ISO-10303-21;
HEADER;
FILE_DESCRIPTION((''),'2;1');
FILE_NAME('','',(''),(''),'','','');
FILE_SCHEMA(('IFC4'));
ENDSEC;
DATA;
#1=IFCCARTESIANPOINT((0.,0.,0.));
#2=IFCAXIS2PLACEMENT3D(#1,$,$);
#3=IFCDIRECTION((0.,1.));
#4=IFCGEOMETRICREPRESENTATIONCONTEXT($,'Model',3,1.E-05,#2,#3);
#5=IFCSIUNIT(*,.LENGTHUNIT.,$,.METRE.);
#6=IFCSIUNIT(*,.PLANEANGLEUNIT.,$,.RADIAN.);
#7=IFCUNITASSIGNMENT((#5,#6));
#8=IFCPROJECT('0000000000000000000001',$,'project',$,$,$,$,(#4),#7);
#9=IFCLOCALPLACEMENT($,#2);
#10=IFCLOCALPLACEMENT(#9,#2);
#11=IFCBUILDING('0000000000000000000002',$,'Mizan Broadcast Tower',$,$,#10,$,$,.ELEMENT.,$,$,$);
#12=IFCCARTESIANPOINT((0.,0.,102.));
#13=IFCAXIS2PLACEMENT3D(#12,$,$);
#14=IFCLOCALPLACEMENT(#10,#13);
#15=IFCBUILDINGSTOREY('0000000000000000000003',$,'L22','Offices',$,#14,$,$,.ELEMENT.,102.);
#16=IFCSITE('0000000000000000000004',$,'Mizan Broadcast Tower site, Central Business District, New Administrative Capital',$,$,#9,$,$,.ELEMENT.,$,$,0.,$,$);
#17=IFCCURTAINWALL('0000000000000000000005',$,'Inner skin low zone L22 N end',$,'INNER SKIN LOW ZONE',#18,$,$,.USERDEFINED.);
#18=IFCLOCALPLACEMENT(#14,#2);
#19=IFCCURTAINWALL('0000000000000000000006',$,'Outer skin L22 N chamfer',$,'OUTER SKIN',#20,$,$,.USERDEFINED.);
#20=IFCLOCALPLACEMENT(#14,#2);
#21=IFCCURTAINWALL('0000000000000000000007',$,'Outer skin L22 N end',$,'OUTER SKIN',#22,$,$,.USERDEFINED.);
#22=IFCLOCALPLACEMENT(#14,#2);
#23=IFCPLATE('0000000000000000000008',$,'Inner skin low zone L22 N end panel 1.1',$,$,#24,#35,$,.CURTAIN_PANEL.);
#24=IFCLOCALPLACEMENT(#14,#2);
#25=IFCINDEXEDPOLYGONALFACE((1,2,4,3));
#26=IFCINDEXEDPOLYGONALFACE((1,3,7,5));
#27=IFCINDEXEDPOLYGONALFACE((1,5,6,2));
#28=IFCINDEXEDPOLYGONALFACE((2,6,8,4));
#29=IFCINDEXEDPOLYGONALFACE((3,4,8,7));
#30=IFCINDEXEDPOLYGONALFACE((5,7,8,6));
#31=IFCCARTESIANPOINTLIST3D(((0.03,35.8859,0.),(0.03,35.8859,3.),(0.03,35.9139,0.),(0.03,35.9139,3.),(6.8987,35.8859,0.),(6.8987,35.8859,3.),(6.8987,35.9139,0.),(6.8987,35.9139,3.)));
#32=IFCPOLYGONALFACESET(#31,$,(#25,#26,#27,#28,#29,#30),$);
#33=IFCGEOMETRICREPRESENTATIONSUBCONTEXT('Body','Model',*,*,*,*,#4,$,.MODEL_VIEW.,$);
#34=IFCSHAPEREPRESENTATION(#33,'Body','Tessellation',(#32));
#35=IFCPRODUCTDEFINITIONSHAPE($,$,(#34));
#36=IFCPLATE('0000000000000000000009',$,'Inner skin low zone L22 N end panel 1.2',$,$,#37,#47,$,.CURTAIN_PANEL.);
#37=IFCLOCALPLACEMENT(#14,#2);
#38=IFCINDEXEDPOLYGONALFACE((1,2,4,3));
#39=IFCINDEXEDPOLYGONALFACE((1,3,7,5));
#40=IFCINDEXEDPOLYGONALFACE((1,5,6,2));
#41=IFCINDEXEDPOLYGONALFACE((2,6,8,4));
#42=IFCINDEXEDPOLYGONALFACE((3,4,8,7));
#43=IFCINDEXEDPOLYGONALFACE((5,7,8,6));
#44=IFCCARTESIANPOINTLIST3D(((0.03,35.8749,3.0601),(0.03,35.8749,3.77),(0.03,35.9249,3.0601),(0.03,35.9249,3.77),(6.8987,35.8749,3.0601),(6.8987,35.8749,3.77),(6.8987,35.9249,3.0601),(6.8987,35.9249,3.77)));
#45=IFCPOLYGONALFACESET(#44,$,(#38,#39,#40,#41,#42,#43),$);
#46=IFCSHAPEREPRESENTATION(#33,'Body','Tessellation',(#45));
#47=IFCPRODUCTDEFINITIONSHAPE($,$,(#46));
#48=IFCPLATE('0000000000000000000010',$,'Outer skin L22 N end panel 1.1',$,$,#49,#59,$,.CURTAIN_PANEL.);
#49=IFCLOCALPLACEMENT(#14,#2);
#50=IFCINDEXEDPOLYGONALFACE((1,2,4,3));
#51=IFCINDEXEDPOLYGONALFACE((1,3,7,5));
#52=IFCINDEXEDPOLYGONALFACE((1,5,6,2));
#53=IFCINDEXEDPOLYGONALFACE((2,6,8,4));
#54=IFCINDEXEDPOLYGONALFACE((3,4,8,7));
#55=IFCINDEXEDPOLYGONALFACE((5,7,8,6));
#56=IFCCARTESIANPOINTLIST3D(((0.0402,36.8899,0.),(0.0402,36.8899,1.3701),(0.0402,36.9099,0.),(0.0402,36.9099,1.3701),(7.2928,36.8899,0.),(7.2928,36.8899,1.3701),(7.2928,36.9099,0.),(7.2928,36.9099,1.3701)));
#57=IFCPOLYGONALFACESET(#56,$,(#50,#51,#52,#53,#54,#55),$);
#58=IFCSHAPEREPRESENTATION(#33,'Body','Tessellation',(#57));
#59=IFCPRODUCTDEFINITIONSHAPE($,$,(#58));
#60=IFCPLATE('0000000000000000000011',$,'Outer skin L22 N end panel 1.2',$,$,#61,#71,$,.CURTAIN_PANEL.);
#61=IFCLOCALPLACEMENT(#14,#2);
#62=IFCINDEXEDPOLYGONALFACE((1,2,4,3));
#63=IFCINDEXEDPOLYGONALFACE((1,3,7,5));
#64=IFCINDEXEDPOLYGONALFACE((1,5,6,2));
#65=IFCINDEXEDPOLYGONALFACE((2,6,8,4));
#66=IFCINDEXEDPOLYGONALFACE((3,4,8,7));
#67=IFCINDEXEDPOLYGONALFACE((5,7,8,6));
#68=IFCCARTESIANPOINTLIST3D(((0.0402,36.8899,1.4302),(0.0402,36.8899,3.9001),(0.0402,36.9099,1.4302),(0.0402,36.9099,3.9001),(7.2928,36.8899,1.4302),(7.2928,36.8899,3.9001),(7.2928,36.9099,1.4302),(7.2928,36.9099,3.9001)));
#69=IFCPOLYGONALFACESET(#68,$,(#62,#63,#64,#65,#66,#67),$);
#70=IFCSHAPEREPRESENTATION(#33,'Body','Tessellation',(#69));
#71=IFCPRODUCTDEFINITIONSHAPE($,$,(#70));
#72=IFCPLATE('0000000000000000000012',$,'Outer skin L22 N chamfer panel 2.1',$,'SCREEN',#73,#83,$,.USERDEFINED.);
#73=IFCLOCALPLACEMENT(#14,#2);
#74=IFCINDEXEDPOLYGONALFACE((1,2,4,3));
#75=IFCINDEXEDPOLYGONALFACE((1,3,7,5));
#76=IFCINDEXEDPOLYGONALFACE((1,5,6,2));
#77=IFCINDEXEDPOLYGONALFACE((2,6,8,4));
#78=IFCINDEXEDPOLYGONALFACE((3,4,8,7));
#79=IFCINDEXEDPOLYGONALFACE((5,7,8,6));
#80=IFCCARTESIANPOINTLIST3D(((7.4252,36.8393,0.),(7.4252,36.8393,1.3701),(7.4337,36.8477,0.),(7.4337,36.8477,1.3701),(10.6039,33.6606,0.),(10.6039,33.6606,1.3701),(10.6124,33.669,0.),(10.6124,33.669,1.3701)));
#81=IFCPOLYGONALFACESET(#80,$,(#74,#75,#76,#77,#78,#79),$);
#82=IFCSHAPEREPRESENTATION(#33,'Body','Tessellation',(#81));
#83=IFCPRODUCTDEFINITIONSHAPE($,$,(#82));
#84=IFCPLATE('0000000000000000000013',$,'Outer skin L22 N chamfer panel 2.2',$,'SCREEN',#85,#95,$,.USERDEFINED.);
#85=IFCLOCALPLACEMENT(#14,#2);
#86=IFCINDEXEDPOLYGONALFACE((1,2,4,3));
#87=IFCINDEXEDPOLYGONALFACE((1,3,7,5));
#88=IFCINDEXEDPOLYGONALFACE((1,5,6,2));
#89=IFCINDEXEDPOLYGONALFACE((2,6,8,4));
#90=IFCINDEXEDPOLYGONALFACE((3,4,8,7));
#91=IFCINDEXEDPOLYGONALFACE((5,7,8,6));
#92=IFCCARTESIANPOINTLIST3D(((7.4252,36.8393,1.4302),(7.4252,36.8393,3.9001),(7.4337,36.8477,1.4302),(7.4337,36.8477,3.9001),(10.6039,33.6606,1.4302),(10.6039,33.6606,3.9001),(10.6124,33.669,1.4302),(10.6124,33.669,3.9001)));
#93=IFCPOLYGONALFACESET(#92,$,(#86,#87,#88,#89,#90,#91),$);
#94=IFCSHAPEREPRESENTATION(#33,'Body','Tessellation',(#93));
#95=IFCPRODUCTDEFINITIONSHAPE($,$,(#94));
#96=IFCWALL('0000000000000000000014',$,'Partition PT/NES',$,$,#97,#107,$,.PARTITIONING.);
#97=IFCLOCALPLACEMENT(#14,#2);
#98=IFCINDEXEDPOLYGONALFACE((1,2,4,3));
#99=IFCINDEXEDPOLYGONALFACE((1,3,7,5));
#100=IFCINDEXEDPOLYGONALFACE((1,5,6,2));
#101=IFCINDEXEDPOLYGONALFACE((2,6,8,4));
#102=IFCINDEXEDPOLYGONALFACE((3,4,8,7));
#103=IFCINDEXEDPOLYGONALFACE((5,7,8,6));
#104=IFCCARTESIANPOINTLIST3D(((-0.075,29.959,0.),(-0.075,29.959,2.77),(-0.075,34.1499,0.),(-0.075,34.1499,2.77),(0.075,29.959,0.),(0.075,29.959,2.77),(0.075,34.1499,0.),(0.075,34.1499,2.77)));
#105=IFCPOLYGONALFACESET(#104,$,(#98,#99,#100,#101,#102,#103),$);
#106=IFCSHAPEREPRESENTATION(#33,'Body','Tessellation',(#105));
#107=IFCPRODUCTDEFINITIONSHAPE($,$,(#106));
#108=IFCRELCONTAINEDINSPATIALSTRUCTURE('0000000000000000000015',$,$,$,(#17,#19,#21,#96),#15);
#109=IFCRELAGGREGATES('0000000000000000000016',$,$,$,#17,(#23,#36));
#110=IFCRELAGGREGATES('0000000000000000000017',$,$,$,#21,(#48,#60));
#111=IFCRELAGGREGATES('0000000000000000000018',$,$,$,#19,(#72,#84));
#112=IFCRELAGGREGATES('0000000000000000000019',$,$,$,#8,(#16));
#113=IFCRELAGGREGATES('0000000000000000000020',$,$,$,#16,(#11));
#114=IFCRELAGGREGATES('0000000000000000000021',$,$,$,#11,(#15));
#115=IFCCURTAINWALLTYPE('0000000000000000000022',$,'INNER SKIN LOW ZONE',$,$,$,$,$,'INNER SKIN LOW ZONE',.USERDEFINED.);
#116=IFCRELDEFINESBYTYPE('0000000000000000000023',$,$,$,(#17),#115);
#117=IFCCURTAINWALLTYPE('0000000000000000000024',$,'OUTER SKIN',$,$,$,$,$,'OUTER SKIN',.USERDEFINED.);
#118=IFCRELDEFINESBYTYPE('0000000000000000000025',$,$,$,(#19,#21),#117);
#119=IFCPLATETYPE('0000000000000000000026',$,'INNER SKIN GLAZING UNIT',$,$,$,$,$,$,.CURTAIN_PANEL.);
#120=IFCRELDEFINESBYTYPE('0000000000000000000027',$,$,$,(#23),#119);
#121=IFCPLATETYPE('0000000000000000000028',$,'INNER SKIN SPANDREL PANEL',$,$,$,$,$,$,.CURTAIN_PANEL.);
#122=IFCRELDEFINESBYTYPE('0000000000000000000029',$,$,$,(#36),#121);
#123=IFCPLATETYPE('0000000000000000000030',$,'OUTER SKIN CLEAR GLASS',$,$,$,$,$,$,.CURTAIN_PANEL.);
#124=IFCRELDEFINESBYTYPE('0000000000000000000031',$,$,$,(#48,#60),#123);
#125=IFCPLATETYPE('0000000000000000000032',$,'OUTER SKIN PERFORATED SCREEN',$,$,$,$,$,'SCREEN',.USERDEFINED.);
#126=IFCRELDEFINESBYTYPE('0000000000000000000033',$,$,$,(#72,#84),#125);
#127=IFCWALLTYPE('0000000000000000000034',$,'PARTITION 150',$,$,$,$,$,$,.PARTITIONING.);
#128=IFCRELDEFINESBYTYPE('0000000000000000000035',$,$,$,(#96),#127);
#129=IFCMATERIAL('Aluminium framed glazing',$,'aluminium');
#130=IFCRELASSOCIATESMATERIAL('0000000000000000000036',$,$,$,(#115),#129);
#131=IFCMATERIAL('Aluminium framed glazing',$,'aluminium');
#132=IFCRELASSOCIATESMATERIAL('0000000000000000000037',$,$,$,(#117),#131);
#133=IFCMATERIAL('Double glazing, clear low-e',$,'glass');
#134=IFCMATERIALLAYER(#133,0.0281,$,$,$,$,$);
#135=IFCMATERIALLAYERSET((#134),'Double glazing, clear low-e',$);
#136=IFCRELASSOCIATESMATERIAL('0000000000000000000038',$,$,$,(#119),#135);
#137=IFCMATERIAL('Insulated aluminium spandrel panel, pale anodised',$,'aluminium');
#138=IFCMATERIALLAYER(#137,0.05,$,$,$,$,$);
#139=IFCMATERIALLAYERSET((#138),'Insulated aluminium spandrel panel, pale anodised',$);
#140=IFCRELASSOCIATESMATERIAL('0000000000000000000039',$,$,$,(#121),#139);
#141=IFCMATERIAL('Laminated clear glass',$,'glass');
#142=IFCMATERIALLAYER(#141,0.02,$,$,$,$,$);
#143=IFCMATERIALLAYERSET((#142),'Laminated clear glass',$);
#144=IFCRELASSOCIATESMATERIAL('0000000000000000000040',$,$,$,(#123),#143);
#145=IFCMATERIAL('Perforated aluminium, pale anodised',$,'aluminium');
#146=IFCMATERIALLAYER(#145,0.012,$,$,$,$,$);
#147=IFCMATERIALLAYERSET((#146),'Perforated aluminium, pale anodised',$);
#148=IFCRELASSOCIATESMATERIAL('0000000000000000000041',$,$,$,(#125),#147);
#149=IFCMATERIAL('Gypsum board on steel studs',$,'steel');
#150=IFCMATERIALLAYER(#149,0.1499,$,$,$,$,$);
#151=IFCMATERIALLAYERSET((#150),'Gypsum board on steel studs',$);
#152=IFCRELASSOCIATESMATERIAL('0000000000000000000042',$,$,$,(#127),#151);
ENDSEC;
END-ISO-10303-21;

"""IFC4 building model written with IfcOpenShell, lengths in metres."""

from ifc_helpers import new_model, si_unit, direction, frame, frame_2d, origin, origin_2d, place, context, subcontext, project, spatial, rectangle, extrude, material, layer, layer_set, type_object, element, aggregate, save


model = new_model("IFC4")

# Units and contexts
model_context = context("Model", 3, precision=1e-05, world=origin(), true_north=direction((0.0, 1.0)))
body_context = subcontext(model_context, "Body", "Model", "MODEL_VIEW")
ifc_project = project(units=[si_unit("LENGTHUNIT", "METRE"), si_unit("PLANEANGLEUNIT", "RADIAN")], contexts=[model_context])

# Site, building, storey
site_placement = place(None, origin())
site = spatial("IfcSite", under=ifc_project, at=site_placement, Name="Mizan Broadcast Tower site, Central Business District, New Administrative Capital", CompositionType="ELEMENT", RefElevation=0.0)
building_placement = place(site_placement, origin())
building = spatial("IfcBuilding", under=site, at=building_placement, Name="Mizan Broadcast Tower", CompositionType="ELEMENT")
storey_placement = place(building_placement, frame((0.0, 0.0, 102.0)))
storey = spatial("IfcBuildingStorey", under=building, at=storey_placement, Name="L22", Description="Offices", CompositionType="ELEMENT", Elevation=102.0)

# Shared definitions
ifc_material_1 = material(Name="Aluminium framed glazing", Category="aluminium")
curtain_wall_type_1 = type_object("IfcCurtainWallType", Name="INNER SKIN LOW ZONE", ElementType="INNER SKIN LOW ZONE", PredefinedType="USERDEFINED", material=ifc_material_1)

# Curtain wall
curtain_wall_1_placement = place(storey_placement, origin())
curtain_wall_1 = element("IfcCurtainWall", 1, at=curtain_wall_1_placement, inside=storey, type_object=curtain_wall_type_1, Name="Inner skin low zone L22 N end", ObjectType="INNER SKIN LOW ZONE", PredefinedType="USERDEFINED")

# Curtain wall
ifc_material_2 = material(Name="Aluminium framed glazing", Category="aluminium")
curtain_wall_type_2 = type_object("IfcCurtainWallType", Name="OUTER SKIN", ElementType="OUTER SKIN", PredefinedType="USERDEFINED", material=ifc_material_2)
curtain_wall_2_placement = place(storey_placement, origin())
curtain_wall_2 = element("IfcCurtainWall", 2, at=curtain_wall_2_placement, inside=storey, type_object=curtain_wall_type_2, Name="Outer skin L22 N chamfer", ObjectType="OUTER SKIN", PredefinedType="USERDEFINED")

# Curtain wall
curtain_wall_3_placement = place(storey_placement, origin())
curtain_wall_3 = element("IfcCurtainWall", 3, at=curtain_wall_3_placement, inside=storey, type_object=curtain_wall_type_2, Name="Outer skin L22 N end", ObjectType="OUTER SKIN", PredefinedType="USERDEFINED")

# Plates
ifc_material_3 = material(Name="Double glazing, clear low-e", Category="glass")
ifc_layer_1 = layer(ifc_material_3, 0.0281)
ifc_layer_set_1 = layer_set([ifc_layer_1], Name="Double glazing, clear low-e")
plate_type_1 = type_object("IfcPlateType", Name="INNER SKIN GLAZING UNIT", PredefinedType="CURTAIN_PANEL", material=ifc_layer_set_1)
plate_1_placement = place(storey_placement, frame((3.4644, 35.8999, 0.0), z_axis=(0.0, 0.0, 1.0), x_axis=(-1.0, 0.0, 0.0)))
plate_1 = element("IfcPlate", 4, at=plate_1_placement, type_object=plate_type_1, Name="Inner skin low zone L22 N end panel 1.1", PredefinedType="CURTAIN_PANEL", context=body_context, shape_type="SweptSolid", body=[
    extrude(rectangle(XDim=6.8687, YDim=0.0281, at=origin_2d()), origin(), (0.0, 0.0, 1.0), 3.0),
])
ifc_material_4 = material(Name="Insulated aluminium spandrel panel, pale anodised", Category="aluminium")
ifc_layer_2 = layer(ifc_material_4, 0.05)
ifc_layer_set_2 = layer_set([ifc_layer_2], Name="Insulated aluminium spandrel panel, pale anodised")
plate_type_2 = type_object("IfcPlateType", Name="INNER SKIN SPANDREL PANEL", PredefinedType="CURTAIN_PANEL", material=ifc_layer_set_2)
plate_2_placement = place(storey_placement, frame((3.4644, 35.8999, 3.0601), z_axis=(0.0, 0.0, 1.0), x_axis=(-1.0, 0.0, 0.0)))
plate_2 = element("IfcPlate", 5, at=plate_2_placement, type_object=plate_type_2, Name="Inner skin low zone L22 N end panel 1.2", PredefinedType="CURTAIN_PANEL", context=body_context, shape_type="SweptSolid", body=[
    extrude(rectangle(XDim=6.8687, YDim=0.05, at=origin_2d()), origin(), (0.0, 0.0, 1.0), 0.71),
])
aggregate(curtain_wall_1, [plate_1, plate_2])
ifc_material_5 = material(Name="Laminated clear glass", Category="glass")
ifc_layer_3 = layer(ifc_material_5, 0.02)
ifc_layer_set_3 = layer_set([ifc_layer_3], Name="Laminated clear glass")
plate_type_3 = type_object("IfcPlateType", Name="OUTER SKIN CLEAR GLASS", PredefinedType="CURTAIN_PANEL", material=ifc_layer_set_3)
plate_3_placement = place(storey_placement, frame((3.6665, 36.8999, 0.0), z_axis=(0.0, 0.0, 1.0), x_axis=(-1.0, 0.0, 0.0)))
plate_3 = element("IfcPlate", 6, at=plate_3_placement, type_object=plate_type_3, Name="Outer skin L22 N end panel 1.1", PredefinedType="CURTAIN_PANEL", context=body_context, shape_type="SweptSolid", body=[
    extrude(rectangle(XDim=7.2527, YDim=0.02, at=origin_2d()), origin(), (0.0, 0.0, 1.0), 1.3701),
])
plate_4_placement = place(storey_placement, frame((3.6665, 36.8999, 1.4302), z_axis=(0.0, 0.0, 1.0), x_axis=(-1.0, 0.0, 0.0)))
plate_4 = element("IfcPlate", 7, at=plate_4_placement, type_object=plate_type_3, Name="Outer skin L22 N end panel 1.2", PredefinedType="CURTAIN_PANEL", context=body_context, shape_type="SweptSolid", body=[
    extrude(rectangle(XDim=7.2527, YDim=0.02, at=origin_2d()), origin(), (0.0, 0.0, 1.0), 2.47),
])
aggregate(curtain_wall_3, [plate_3, plate_4])
ifc_material_6 = material(Name="Perforated aluminium, pale anodised", Category="aluminium")
ifc_layer_4 = layer(ifc_material_6, 0.012)
ifc_layer_set_4 = layer_set([ifc_layer_4], Name="Perforated aluminium, pale anodised")
plate_type_4 = type_object("IfcPlateType", Name="OUTER SKIN PERFORATED SCREEN", ElementType="SCREEN", PredefinedType="USERDEFINED", material=ifc_layer_set_4)
plate_5_placement = place(storey_placement, frame((9.0188, 35.2542, 0.0), z_axis=(0.0, 0.0, 1.0), x_axis=(-0.707107, 0.707107, 0.0)))
plate_5 = element("IfcPlate", 8, at=plate_5_placement, type_object=plate_type_4, Name="Outer skin L22 N chamfer panel 2.1", ObjectType="SCREEN", PredefinedType="USERDEFINED", context=body_context, shape_type="SweptSolid", body=[
    extrude(rectangle(XDim=4.4954, YDim=0.012, at=origin_2d()), origin(), (0.0, 0.0, 1.0), 1.3701),
])
plate_6_placement = place(storey_placement, frame((9.0188, 35.2542, 1.4302), z_axis=(0.0, 0.0, 1.0), x_axis=(-0.707107, 0.707107, 0.0)))
plate_6 = element("IfcPlate", 9, at=plate_6_placement, type_object=plate_type_4, Name="Outer skin L22 N chamfer panel 2.2", ObjectType="SCREEN", PredefinedType="USERDEFINED", context=body_context, shape_type="SweptSolid", body=[
    extrude(rectangle(XDim=4.4954, YDim=0.012, at=origin_2d()), origin(), (0.0, 0.0, 1.0), 2.47),
])
aggregate(curtain_wall_2, [plate_5, plate_6])

# Wall
ifc_material_7 = material(Name="Gypsum board on steel studs", Category="steel")
ifc_layer_5 = layer(ifc_material_7, 0.1499)
ifc_layer_set_5 = layer_set([ifc_layer_5], Name="Gypsum board on steel studs")
wall_type = type_object("IfcWallType", Name="PARTITION 150", PredefinedType="PARTITIONING", material=ifc_layer_set_5)
wall_placement = place(storey_placement, frame((0.0, 29.959, 0.0), z_axis=(0.0, 0.0, 1.0), x_axis=(0.0, 1.0, 0.0)))
element("IfcWall", 10, at=wall_placement, inside=storey, type_object=wall_type, Name="Partition PT/NES", PredefinedType="PARTITIONING", context=body_context, shape_type="SweptSolid", body=[
    extrude(rectangle(XDim=4.1909, YDim=0.1499, at=frame_2d((2.0955, 0.0))), origin(), (0.0, 0.0, 1.0), 2.77),
])

save(model, "model.ifc")
